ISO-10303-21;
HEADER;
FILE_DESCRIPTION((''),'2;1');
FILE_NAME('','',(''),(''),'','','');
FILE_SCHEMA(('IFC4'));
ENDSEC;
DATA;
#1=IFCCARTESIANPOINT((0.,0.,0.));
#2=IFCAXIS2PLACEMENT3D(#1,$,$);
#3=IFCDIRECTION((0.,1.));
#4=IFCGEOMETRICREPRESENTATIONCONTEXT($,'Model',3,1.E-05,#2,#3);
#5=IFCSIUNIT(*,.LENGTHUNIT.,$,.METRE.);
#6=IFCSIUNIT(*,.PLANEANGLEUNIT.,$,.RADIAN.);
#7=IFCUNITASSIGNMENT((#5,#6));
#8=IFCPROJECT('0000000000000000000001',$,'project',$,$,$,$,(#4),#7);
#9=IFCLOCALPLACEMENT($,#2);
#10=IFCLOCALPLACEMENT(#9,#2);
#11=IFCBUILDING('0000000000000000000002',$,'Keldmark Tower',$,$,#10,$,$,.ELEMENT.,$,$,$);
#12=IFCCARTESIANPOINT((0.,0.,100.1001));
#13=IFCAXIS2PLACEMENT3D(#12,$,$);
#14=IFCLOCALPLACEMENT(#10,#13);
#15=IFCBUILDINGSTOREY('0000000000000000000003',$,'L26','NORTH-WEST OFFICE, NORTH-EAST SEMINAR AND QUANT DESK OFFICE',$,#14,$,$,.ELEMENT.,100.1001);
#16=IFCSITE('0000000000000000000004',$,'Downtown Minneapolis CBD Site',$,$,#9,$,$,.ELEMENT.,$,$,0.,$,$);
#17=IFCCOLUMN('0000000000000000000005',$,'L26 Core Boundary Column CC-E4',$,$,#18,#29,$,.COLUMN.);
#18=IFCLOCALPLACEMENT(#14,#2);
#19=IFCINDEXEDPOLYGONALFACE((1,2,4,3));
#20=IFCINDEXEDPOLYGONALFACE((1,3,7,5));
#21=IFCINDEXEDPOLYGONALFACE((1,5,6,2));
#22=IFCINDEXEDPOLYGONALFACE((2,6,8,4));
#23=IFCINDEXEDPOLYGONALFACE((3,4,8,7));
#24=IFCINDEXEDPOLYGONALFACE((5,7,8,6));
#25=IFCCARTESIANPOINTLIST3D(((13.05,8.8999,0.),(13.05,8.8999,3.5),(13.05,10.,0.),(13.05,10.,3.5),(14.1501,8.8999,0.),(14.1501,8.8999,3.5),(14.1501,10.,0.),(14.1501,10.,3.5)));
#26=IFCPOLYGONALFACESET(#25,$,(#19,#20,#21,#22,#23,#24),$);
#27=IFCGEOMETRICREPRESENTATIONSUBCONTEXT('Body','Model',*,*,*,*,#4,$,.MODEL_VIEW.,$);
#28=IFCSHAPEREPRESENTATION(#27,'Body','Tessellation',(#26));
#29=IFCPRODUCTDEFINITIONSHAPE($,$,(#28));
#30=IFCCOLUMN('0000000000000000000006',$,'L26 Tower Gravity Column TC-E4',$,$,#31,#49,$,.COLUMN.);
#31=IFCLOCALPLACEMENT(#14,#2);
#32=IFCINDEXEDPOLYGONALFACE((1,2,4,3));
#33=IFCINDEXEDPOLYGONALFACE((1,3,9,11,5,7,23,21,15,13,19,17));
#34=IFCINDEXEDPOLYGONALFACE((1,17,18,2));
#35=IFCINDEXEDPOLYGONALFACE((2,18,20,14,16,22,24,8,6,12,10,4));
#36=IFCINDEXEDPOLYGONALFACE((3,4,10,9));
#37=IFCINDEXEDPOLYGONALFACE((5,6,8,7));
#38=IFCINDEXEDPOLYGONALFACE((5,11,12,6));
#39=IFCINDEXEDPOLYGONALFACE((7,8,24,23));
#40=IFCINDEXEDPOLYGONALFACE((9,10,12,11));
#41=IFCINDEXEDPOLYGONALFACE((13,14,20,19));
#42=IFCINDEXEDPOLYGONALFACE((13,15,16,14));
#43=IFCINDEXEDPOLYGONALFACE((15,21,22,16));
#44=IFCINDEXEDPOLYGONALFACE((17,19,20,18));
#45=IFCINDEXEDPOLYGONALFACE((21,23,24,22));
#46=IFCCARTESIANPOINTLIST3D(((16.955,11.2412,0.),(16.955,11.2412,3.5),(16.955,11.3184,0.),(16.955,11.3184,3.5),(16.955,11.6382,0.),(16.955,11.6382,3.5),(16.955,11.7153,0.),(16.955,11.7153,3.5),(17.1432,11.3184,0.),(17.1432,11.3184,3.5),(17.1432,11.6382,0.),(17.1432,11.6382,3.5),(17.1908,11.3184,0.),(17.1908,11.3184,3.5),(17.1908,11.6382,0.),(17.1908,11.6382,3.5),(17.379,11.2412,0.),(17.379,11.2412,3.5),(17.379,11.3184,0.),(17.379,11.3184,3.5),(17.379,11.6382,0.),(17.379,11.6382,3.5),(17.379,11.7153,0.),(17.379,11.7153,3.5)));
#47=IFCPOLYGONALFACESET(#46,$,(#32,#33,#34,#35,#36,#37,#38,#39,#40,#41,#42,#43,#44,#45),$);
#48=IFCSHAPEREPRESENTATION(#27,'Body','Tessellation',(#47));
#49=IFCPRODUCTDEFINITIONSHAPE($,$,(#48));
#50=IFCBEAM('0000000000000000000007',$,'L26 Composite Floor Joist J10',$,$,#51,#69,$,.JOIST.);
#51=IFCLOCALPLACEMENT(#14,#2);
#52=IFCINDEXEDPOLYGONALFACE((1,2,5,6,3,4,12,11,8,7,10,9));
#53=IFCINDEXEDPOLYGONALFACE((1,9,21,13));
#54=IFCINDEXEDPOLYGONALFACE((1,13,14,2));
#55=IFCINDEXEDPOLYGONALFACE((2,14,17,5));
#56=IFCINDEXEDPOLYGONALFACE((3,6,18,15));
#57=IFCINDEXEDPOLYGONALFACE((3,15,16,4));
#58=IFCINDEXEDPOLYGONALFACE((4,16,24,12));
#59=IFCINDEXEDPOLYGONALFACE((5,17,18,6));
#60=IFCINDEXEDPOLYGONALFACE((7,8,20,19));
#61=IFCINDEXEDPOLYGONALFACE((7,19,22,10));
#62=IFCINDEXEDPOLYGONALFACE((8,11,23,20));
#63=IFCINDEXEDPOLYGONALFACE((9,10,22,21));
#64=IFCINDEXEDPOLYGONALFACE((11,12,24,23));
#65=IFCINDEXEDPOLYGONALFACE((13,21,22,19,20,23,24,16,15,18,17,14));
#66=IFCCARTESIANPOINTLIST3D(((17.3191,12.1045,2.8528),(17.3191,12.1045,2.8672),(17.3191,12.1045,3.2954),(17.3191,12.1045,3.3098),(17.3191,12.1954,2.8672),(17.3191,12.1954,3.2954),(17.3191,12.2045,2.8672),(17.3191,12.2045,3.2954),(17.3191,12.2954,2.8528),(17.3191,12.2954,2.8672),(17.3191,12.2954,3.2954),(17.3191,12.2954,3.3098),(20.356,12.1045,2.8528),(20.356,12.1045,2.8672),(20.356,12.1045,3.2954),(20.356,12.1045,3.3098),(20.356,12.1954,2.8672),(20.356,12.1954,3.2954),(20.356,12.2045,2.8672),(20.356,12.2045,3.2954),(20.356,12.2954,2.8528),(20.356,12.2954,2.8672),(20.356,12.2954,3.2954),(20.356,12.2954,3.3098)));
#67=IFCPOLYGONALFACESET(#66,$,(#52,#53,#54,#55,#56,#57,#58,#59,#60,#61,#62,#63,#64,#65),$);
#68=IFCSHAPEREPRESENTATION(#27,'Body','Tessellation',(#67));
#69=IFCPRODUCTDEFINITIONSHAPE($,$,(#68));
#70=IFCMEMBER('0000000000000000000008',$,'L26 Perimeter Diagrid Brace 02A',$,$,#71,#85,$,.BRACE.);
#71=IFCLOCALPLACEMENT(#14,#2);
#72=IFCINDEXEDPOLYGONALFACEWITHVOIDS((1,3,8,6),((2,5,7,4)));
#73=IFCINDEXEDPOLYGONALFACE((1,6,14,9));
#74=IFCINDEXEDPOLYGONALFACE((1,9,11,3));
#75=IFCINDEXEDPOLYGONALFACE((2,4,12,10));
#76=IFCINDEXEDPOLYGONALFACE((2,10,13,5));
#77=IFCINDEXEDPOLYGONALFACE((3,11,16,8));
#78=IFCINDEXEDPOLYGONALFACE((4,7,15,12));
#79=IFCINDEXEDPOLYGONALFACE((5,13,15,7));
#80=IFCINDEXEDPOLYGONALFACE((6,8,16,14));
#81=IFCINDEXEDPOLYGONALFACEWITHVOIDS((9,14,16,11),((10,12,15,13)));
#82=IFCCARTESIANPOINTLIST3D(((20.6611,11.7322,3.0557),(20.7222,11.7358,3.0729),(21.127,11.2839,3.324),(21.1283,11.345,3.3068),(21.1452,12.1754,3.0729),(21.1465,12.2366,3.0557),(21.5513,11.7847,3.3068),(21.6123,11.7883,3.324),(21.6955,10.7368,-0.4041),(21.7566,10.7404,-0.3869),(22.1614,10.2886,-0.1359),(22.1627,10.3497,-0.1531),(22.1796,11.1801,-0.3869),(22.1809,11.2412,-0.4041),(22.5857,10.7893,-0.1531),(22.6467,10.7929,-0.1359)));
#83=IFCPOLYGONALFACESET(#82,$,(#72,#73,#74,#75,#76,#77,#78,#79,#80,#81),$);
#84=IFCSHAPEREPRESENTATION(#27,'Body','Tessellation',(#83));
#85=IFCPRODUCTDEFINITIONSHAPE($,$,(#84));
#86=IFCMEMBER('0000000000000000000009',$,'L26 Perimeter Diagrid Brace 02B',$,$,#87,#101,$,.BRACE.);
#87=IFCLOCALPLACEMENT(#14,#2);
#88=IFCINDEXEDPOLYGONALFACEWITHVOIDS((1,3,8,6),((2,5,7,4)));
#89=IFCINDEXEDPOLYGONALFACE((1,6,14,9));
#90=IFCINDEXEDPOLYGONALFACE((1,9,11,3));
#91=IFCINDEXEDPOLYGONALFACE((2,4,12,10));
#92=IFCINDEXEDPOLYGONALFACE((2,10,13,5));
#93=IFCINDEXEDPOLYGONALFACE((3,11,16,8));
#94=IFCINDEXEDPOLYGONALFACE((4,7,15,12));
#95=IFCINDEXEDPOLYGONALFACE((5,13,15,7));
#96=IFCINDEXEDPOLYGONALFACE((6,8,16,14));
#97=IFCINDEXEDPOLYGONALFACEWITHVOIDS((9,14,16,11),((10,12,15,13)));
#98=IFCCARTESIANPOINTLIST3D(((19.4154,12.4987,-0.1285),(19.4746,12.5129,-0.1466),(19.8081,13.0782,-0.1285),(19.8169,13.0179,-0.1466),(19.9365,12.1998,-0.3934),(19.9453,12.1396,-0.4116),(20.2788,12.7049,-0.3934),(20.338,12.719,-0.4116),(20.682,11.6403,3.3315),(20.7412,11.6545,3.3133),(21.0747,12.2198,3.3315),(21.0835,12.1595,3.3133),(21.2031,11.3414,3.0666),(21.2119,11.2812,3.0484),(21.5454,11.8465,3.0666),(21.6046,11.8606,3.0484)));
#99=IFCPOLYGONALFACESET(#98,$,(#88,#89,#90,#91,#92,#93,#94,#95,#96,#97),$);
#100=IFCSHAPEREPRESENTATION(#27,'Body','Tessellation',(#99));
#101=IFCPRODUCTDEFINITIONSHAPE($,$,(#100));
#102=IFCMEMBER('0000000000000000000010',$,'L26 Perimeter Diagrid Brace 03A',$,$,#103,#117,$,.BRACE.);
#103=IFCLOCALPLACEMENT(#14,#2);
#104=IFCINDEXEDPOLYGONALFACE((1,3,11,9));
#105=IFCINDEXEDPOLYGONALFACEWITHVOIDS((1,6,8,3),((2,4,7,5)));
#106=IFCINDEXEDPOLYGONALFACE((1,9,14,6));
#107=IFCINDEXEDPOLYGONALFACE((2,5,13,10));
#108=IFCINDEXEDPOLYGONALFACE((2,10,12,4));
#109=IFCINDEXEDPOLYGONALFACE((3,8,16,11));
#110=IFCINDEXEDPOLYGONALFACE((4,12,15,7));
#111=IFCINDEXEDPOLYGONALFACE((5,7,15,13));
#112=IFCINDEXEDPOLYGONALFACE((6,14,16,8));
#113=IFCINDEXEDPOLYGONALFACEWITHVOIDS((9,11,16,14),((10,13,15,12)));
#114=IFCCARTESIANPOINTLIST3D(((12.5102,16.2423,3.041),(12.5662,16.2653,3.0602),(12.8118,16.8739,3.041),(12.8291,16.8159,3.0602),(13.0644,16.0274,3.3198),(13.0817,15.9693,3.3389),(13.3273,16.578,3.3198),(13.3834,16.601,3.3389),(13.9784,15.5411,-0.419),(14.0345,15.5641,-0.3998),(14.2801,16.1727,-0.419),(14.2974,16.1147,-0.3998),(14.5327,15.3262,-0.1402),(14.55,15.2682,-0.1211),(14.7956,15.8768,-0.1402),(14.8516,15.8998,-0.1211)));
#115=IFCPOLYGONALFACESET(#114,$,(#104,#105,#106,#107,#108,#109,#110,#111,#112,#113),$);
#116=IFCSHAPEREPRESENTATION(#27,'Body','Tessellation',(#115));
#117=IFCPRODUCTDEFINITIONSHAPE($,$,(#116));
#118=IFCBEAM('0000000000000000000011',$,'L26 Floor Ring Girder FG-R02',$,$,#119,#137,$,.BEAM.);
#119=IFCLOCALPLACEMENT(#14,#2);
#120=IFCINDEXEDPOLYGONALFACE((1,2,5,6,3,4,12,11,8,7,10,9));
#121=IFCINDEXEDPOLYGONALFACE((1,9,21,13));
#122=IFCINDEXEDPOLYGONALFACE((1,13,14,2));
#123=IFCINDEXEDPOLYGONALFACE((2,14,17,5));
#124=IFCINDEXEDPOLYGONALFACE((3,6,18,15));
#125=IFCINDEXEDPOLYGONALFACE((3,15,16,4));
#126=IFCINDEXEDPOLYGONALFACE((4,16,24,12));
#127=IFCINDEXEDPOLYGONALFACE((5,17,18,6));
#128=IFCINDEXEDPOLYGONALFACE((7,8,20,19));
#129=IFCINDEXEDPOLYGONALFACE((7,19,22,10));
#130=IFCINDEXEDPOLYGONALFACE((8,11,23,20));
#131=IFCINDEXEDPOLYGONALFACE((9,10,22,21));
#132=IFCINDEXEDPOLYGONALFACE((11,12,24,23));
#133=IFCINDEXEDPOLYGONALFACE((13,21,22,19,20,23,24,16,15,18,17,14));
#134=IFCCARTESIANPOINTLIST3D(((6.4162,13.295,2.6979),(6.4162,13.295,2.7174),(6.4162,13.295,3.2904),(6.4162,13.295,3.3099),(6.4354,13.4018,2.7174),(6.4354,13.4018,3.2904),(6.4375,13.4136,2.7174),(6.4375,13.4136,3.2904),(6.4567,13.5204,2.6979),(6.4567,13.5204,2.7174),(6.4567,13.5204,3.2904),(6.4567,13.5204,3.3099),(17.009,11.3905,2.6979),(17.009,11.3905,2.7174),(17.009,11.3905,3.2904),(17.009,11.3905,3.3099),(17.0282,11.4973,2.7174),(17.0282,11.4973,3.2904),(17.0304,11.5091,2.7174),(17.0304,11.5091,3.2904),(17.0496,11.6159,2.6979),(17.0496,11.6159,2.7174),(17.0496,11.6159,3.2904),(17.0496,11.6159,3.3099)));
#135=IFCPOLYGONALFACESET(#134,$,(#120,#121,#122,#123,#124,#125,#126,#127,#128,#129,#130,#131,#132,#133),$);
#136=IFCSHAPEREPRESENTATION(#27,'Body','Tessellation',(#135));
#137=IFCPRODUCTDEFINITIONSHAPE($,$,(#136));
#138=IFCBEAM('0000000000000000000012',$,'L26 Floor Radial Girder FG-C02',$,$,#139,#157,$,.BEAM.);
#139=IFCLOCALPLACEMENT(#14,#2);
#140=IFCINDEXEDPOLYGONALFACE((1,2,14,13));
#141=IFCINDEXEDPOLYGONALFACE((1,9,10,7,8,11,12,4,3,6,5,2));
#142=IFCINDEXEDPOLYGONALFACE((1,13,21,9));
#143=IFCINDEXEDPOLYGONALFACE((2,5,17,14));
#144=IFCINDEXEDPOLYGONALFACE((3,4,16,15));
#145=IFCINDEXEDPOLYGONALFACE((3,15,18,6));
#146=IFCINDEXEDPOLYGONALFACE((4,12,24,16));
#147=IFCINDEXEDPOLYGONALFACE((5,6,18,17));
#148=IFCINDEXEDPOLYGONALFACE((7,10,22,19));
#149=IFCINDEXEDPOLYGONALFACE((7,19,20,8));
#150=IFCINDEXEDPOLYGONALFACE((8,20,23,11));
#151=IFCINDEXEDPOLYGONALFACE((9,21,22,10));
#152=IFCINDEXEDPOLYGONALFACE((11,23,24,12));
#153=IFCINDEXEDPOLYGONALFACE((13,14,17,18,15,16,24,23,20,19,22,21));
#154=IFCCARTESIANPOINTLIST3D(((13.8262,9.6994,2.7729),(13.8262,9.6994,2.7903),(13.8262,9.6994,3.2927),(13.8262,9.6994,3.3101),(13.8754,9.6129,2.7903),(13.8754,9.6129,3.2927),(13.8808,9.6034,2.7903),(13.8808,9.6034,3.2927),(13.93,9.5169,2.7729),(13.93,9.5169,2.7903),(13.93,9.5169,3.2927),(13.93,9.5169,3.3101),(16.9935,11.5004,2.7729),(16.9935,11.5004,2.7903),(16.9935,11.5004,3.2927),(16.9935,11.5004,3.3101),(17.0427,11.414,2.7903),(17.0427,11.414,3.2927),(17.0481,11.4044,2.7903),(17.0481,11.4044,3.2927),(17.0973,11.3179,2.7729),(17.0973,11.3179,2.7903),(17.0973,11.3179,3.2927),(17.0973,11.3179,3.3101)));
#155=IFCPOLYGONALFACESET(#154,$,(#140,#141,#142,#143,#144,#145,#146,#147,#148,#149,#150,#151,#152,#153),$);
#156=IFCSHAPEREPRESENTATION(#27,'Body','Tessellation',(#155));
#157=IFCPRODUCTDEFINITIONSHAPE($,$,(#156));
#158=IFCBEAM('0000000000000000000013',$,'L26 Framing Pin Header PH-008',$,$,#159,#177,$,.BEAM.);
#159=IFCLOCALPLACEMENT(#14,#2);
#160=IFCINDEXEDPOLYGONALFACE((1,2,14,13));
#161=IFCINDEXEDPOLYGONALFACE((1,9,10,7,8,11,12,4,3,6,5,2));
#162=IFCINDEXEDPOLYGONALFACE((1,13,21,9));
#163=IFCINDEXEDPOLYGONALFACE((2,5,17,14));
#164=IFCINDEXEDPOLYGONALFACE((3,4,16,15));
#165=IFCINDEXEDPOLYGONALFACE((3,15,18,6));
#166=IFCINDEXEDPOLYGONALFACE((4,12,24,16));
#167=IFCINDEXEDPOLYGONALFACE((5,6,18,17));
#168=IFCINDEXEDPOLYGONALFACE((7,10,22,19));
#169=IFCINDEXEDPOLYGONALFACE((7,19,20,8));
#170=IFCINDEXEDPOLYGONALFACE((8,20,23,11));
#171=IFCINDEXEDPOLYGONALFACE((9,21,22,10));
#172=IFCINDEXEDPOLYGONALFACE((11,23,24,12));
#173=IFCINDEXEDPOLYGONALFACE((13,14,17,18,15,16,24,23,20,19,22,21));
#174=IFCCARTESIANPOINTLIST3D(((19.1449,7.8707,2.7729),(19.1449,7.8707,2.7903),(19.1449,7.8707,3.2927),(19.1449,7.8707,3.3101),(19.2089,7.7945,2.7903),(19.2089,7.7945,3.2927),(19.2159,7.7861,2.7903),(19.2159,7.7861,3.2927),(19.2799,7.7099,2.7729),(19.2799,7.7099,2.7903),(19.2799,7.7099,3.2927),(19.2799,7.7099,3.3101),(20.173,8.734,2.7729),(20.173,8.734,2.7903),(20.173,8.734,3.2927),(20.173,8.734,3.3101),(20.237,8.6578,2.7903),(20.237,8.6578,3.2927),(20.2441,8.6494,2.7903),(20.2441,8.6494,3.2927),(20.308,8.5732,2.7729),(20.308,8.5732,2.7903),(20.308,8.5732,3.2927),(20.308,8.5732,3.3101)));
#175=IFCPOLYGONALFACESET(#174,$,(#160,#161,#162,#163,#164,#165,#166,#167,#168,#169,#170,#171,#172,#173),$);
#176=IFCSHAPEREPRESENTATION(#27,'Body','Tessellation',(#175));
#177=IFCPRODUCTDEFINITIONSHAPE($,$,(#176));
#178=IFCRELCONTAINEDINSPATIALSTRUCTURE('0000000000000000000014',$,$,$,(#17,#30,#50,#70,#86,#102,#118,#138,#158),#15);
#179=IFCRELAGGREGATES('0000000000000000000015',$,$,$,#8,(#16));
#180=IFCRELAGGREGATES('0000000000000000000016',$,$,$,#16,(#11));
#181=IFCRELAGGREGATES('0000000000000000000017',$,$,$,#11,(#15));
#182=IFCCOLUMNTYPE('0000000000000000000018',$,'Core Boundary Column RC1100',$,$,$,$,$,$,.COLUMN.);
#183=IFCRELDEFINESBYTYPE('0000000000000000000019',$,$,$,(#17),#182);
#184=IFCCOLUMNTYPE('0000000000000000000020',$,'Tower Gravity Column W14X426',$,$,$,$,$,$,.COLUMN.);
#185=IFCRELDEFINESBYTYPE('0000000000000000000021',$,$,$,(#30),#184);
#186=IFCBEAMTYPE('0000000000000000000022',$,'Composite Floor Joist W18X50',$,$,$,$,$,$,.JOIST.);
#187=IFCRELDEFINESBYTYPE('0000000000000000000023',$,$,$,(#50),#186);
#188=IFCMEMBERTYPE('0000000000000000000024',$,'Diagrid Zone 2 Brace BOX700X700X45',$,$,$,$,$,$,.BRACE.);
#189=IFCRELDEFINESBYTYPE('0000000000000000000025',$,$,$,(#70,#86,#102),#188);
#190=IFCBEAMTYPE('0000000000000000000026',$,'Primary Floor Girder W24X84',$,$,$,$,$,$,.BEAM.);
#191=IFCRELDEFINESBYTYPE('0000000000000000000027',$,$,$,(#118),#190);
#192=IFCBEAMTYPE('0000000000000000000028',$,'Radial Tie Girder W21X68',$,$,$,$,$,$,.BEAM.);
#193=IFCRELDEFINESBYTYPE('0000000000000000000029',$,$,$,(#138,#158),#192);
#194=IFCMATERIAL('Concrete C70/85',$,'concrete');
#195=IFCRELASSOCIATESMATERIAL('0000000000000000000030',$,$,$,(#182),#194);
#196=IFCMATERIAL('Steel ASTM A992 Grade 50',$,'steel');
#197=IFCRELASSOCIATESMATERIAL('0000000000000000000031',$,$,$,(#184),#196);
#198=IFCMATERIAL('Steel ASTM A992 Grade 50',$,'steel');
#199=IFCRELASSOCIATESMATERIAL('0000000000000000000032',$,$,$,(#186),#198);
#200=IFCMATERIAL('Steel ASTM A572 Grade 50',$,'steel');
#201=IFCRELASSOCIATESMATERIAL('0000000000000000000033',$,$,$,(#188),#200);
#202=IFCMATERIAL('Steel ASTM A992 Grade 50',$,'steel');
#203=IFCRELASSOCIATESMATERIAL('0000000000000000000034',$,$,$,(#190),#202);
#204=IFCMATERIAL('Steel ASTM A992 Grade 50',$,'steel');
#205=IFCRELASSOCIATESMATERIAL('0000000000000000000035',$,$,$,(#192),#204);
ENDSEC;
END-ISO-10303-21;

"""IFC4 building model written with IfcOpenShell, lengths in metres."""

from ifc_helpers import new_model, si_unit, direction, frame, origin, origin_2d, place, context, subcontext, project, spatial, rectangle, hollow_rectangle, i_section, extrude, material, material_profile, profile_set, type_object, element, save


model = new_model("IFC4")

# Units and contexts
model_context = context("Model", 3, precision=1e-05, world=origin(), true_north=direction((0.0, 1.0)))
body_context = subcontext(model_context, "Body", "Model", "MODEL_VIEW")
ifc_project = project(units=[si_unit("LENGTHUNIT", "METRE"), si_unit("PLANEANGLEUNIT", "RADIAN")], contexts=[model_context])

# Site, building, storey
site_placement = place(None, origin())
site = spatial("IfcSite", under=ifc_project, at=site_placement, Name="Downtown Minneapolis CBD Site", CompositionType="ELEMENT", RefElevation=0.0)
building_placement = place(site_placement, origin())
building = spatial("IfcBuilding", under=site, at=building_placement, Name="Keldmark Tower", CompositionType="ELEMENT")
storey_placement = place(building_placement, frame((0.0, 0.0, 100.1001)))
storey = spatial("IfcBuildingStorey", under=building, at=storey_placement, Name="L26", Description="NORTH-WEST OFFICE, NORTH-EAST SEMINAR AND QUANT DESK OFFICE", CompositionType="ELEMENT", Elevation=100.1001)

# Columns
ifc_material_1 = material(Name="Concrete C70/85", Category="concrete")
ifc_material_profile_1 = material_profile(ifc_material_1, rectangle(XDim=1.1001, YDim=1.1001, at=origin_2d()), Name="RC1100X1100")
ifc_profile_set_1 = profile_set([ifc_material_profile_1], Name="Concrete C70/85")
column_type_1 = type_object("IfcColumnType", Name="Core Boundary Column RC1100", PredefinedType="COLUMN", material=ifc_profile_set_1)
column_1_placement = place(storey_placement, frame((13.6001, 9.45, 0.0), z_axis=(0.0, 0.0, 1.0), x_axis=(1.0, 0.0, 0.0)))
element("IfcColumn", 1, at=column_1_placement, inside=storey, type_object=column_type_1, Name="L26 Core Boundary Column CC-E4", PredefinedType="COLUMN", context=body_context, shape_type="SweptSolid", body=[
    extrude(rectangle(XDim=1.1001, YDim=1.1001, at=origin_2d()), origin(), (0.0, 0.0, 1.0), 3.5),
])
ifc_material_2 = material(Name="Steel ASTM A992 Grade 50", Category="steel")
ifc_material_profile_2 = material_profile(ifc_material_2, i_section(OverallWidth=0.4241, OverallDepth=0.4741, WebThickness=0.0476, FlangeThickness=0.0771, at=origin_2d()), Name="W14X426")
ifc_profile_set_2 = profile_set([ifc_material_profile_2], Name="Steel ASTM A992 Grade 50")
column_type_2 = type_object("IfcColumnType", Name="Tower Gravity Column W14X426", PredefinedType="COLUMN", material=ifc_profile_set_2)
column_2_placement = place(storey_placement, frame((17.167, 11.4783, 0.0), z_axis=(0.0, 0.0, 1.0), x_axis=(1.0, 0.0, 0.0)))
element("IfcColumn", 2, at=column_2_placement, inside=storey, type_object=column_type_2, Name="L26 Tower Gravity Column TC-E4", PredefinedType="COLUMN", context=body_context, shape_type="SweptSolid", body=[
    extrude(i_section(OverallWidth=0.4241, OverallDepth=0.4741, WebThickness=0.0476, FlangeThickness=0.0771, at=origin_2d()), origin(), (0.0, 0.0, 1.0), 3.5),
])

# Beam
ifc_material_3 = material(Name="Steel ASTM A992 Grade 50", Category="steel")
ifc_material_profile_3 = material_profile(ifc_material_3, i_section(OverallWidth=0.1909, OverallDepth=0.457, WebThickness=0.009, FlangeThickness=0.0144, at=origin_2d()), Name="W18X50")
ifc_profile_set_3 = profile_set([ifc_material_profile_3], Name="Steel ASTM A992 Grade 50")
beam_type_1 = type_object("IfcBeamType", Name="Composite Floor Joist W18X50", PredefinedType="JOIST", material=ifc_profile_set_3)
beam_1_placement = place(storey_placement, frame((17.3191, 12.2, 3.0813), z_axis=(1.0, 0.0, 0.0), x_axis=(0.0, 1.0, 0.0)))
element("IfcBeam", 3, at=beam_1_placement, inside=storey, type_object=beam_type_1, Name="L26 Composite Floor Joist J10", PredefinedType="JOIST", context=body_context, shape_type="SweptSolid", body=[
    extrude(i_section(OverallWidth=0.1909, OverallDepth=0.457, WebThickness=0.009, FlangeThickness=0.0144, at=origin_2d()), origin(), (0.0, 0.0, 1.0), 3.0369),
])

# Members
ifc_material_4 = material(Name="Steel ASTM A572 Grade 50", Category="steel")
ifc_material_profile_4 = material_profile(ifc_material_4, hollow_rectangle(XDim=0.7, YDim=0.7, WallThickness=0.0449, at=origin_2d()), Name="BOX700X700X45")
ifc_profile_set_4 = profile_set([ifc_material_profile_4], Name="Steel ASTM A572 Grade 50")
member_type = type_object("IfcMemberType", Name="Diagrid Zone 2 Brace BOX700X700X45", PredefinedType="BRACE", material=ifc_profile_set_4)
member_1_placement = place(storey_placement, frame((22.1711, 10.7649, -0.27), z_axis=(-0.276145, 0.265717, 0.923655), x_axis=(-0.69337, -0.720581, 0.0)))
element("IfcMember", 4, at=member_1_placement, inside=storey, type_object=member_type, Name="L26 Perimeter Diagrid Brace 02A", PredefinedType="BRACE", context=body_context, shape_type="SweptSolid", body=[
    extrude(hollow_rectangle(XDim=0.7, YDim=0.7, WallThickness=0.0449, at=origin_2d()), origin(), (0.0, 0.0, 1.0), 3.7458),
])
member_2_placement = place(storey_placement, frame((19.8767, 12.6089, -0.27), z_axis=(0.334798, -0.226899, 0.914564), x_axis=(0.561017, 0.827804, 0.0)))
element("IfcMember", 5, at=member_2_placement, inside=storey, type_object=member_type, Name="L26 Perimeter Diagrid Brace 02B", PredefinedType="BRACE", context=body_context, shape_type="SweptSolid", body=[
    extrude(hollow_rectangle(XDim=0.7, YDim=0.7, WallThickness=0.0449, at=origin_2d()), origin(), (0.0, 0.0, 1.0), 3.7832),
])
member_3_placement = place(storey_placement, frame((14.415, 15.7205, -0.27), z_axis=(-0.384015, 0.183387, 0.904932), x_axis=(-0.430935, -0.902383, 0.0)))
element("IfcMember", 6, at=member_3_placement, inside=storey, type_object=member_type, Name="L26 Perimeter Diagrid Brace 03A", PredefinedType="BRACE", context=body_context, shape_type="SweptSolid", body=[
    extrude(hollow_rectangle(XDim=0.7, YDim=0.7, WallThickness=0.0449, at=origin_2d()), origin(), (0.0, 0.0, 1.0), 3.8235),
])

# Beams
ifc_material_5 = material(Name="Steel ASTM A992 Grade 50", Category="steel")
ifc_material_profile_5 = material_profile(ifc_material_5, i_section(OverallWidth=0.229, OverallDepth=0.6121, WebThickness=0.012, FlangeThickness=0.0195, at=origin_2d()), Name="W24X84")
ifc_profile_set_5 = profile_set([ifc_material_profile_5], Name="Steel ASTM A992 Grade 50")
beam_type_2 = type_object("IfcBeamType", Name="Primary Floor Girder W24X84", PredefinedType="BEAM", material=ifc_profile_set_5)
beam_2_placement = place(storey_placement, frame((17.0293, 11.5032, 3.0039), z_axis=(-0.984218, 0.176959, 0.0), x_axis=(-0.176959, -0.984218, 0.0)))
element("IfcBeam", 7, at=beam_2_placement, inside=storey, type_object=beam_type_2, Name="L26 Floor Ring Girder FG-R02", PredefinedType="BEAM", context=body_context, shape_type="SweptSolid", body=[
    extrude(i_section(OverallWidth=0.229, OverallDepth=0.6121, WebThickness=0.012, FlangeThickness=0.0195, at=origin_2d()), origin(), (0.0, 0.0, 1.0), 10.7627),
])
ifc_material_6 = material(Name="Steel ASTM A992 Grade 50", Category="steel")
ifc_material_profile_6 = material_profile(ifc_material_6, i_section(OverallWidth=0.21, OverallDepth=0.5371, WebThickness=0.011, FlangeThickness=0.0173, at=origin_2d()), Name="W21X68")
ifc_profile_set_6 = profile_set([ifc_material_profile_6], Name="Steel ASTM A992 Grade 50")
beam_type_3 = type_object("IfcBeamType", Name="Radial Tie Girder W21X68", PredefinedType="BEAM", material=ifc_profile_set_6)
beam_3_placement = place(storey_placement, frame((17.0454, 11.4092, 3.0415), z_axis=(-0.869284, -0.494312, 0.0), x_axis=(0.494312, -0.869284, 0.0)))
element("IfcBeam", 8, at=beam_3_placement, inside=storey, type_object=beam_type_3, Name="L26 Floor Radial Girder FG-C02", PredefinedType="BEAM", context=body_context, shape_type="SweptSolid", body=[
    extrude(i_section(OverallWidth=0.21, OverallDepth=0.5371, WebThickness=0.011, FlangeThickness=0.0173, at=origin_2d()), origin(), (0.0, 0.0, 1.0), 3.6436),
])
beam_4_placement = place(storey_placement, frame((19.2124, 7.7903, 3.0415), z_axis=(0.765816, 0.64306, 0.0), x_axis=(-0.64306, 0.765816, 0.0)))
element("IfcBeam", 9, at=beam_4_placement, inside=storey, type_object=beam_type_3, Name="L26 Framing Pin Header PH-008", PredefinedType="BEAM", context=body_context, shape_type="SweptSolid", body=[
    extrude(i_section(OverallWidth=0.21, OverallDepth=0.5371, WebThickness=0.011, FlangeThickness=0.0173, at=origin_2d()), origin(), (0.0, 0.0, 1.0), 1.3425),
])

save(model, "model.ifc")
